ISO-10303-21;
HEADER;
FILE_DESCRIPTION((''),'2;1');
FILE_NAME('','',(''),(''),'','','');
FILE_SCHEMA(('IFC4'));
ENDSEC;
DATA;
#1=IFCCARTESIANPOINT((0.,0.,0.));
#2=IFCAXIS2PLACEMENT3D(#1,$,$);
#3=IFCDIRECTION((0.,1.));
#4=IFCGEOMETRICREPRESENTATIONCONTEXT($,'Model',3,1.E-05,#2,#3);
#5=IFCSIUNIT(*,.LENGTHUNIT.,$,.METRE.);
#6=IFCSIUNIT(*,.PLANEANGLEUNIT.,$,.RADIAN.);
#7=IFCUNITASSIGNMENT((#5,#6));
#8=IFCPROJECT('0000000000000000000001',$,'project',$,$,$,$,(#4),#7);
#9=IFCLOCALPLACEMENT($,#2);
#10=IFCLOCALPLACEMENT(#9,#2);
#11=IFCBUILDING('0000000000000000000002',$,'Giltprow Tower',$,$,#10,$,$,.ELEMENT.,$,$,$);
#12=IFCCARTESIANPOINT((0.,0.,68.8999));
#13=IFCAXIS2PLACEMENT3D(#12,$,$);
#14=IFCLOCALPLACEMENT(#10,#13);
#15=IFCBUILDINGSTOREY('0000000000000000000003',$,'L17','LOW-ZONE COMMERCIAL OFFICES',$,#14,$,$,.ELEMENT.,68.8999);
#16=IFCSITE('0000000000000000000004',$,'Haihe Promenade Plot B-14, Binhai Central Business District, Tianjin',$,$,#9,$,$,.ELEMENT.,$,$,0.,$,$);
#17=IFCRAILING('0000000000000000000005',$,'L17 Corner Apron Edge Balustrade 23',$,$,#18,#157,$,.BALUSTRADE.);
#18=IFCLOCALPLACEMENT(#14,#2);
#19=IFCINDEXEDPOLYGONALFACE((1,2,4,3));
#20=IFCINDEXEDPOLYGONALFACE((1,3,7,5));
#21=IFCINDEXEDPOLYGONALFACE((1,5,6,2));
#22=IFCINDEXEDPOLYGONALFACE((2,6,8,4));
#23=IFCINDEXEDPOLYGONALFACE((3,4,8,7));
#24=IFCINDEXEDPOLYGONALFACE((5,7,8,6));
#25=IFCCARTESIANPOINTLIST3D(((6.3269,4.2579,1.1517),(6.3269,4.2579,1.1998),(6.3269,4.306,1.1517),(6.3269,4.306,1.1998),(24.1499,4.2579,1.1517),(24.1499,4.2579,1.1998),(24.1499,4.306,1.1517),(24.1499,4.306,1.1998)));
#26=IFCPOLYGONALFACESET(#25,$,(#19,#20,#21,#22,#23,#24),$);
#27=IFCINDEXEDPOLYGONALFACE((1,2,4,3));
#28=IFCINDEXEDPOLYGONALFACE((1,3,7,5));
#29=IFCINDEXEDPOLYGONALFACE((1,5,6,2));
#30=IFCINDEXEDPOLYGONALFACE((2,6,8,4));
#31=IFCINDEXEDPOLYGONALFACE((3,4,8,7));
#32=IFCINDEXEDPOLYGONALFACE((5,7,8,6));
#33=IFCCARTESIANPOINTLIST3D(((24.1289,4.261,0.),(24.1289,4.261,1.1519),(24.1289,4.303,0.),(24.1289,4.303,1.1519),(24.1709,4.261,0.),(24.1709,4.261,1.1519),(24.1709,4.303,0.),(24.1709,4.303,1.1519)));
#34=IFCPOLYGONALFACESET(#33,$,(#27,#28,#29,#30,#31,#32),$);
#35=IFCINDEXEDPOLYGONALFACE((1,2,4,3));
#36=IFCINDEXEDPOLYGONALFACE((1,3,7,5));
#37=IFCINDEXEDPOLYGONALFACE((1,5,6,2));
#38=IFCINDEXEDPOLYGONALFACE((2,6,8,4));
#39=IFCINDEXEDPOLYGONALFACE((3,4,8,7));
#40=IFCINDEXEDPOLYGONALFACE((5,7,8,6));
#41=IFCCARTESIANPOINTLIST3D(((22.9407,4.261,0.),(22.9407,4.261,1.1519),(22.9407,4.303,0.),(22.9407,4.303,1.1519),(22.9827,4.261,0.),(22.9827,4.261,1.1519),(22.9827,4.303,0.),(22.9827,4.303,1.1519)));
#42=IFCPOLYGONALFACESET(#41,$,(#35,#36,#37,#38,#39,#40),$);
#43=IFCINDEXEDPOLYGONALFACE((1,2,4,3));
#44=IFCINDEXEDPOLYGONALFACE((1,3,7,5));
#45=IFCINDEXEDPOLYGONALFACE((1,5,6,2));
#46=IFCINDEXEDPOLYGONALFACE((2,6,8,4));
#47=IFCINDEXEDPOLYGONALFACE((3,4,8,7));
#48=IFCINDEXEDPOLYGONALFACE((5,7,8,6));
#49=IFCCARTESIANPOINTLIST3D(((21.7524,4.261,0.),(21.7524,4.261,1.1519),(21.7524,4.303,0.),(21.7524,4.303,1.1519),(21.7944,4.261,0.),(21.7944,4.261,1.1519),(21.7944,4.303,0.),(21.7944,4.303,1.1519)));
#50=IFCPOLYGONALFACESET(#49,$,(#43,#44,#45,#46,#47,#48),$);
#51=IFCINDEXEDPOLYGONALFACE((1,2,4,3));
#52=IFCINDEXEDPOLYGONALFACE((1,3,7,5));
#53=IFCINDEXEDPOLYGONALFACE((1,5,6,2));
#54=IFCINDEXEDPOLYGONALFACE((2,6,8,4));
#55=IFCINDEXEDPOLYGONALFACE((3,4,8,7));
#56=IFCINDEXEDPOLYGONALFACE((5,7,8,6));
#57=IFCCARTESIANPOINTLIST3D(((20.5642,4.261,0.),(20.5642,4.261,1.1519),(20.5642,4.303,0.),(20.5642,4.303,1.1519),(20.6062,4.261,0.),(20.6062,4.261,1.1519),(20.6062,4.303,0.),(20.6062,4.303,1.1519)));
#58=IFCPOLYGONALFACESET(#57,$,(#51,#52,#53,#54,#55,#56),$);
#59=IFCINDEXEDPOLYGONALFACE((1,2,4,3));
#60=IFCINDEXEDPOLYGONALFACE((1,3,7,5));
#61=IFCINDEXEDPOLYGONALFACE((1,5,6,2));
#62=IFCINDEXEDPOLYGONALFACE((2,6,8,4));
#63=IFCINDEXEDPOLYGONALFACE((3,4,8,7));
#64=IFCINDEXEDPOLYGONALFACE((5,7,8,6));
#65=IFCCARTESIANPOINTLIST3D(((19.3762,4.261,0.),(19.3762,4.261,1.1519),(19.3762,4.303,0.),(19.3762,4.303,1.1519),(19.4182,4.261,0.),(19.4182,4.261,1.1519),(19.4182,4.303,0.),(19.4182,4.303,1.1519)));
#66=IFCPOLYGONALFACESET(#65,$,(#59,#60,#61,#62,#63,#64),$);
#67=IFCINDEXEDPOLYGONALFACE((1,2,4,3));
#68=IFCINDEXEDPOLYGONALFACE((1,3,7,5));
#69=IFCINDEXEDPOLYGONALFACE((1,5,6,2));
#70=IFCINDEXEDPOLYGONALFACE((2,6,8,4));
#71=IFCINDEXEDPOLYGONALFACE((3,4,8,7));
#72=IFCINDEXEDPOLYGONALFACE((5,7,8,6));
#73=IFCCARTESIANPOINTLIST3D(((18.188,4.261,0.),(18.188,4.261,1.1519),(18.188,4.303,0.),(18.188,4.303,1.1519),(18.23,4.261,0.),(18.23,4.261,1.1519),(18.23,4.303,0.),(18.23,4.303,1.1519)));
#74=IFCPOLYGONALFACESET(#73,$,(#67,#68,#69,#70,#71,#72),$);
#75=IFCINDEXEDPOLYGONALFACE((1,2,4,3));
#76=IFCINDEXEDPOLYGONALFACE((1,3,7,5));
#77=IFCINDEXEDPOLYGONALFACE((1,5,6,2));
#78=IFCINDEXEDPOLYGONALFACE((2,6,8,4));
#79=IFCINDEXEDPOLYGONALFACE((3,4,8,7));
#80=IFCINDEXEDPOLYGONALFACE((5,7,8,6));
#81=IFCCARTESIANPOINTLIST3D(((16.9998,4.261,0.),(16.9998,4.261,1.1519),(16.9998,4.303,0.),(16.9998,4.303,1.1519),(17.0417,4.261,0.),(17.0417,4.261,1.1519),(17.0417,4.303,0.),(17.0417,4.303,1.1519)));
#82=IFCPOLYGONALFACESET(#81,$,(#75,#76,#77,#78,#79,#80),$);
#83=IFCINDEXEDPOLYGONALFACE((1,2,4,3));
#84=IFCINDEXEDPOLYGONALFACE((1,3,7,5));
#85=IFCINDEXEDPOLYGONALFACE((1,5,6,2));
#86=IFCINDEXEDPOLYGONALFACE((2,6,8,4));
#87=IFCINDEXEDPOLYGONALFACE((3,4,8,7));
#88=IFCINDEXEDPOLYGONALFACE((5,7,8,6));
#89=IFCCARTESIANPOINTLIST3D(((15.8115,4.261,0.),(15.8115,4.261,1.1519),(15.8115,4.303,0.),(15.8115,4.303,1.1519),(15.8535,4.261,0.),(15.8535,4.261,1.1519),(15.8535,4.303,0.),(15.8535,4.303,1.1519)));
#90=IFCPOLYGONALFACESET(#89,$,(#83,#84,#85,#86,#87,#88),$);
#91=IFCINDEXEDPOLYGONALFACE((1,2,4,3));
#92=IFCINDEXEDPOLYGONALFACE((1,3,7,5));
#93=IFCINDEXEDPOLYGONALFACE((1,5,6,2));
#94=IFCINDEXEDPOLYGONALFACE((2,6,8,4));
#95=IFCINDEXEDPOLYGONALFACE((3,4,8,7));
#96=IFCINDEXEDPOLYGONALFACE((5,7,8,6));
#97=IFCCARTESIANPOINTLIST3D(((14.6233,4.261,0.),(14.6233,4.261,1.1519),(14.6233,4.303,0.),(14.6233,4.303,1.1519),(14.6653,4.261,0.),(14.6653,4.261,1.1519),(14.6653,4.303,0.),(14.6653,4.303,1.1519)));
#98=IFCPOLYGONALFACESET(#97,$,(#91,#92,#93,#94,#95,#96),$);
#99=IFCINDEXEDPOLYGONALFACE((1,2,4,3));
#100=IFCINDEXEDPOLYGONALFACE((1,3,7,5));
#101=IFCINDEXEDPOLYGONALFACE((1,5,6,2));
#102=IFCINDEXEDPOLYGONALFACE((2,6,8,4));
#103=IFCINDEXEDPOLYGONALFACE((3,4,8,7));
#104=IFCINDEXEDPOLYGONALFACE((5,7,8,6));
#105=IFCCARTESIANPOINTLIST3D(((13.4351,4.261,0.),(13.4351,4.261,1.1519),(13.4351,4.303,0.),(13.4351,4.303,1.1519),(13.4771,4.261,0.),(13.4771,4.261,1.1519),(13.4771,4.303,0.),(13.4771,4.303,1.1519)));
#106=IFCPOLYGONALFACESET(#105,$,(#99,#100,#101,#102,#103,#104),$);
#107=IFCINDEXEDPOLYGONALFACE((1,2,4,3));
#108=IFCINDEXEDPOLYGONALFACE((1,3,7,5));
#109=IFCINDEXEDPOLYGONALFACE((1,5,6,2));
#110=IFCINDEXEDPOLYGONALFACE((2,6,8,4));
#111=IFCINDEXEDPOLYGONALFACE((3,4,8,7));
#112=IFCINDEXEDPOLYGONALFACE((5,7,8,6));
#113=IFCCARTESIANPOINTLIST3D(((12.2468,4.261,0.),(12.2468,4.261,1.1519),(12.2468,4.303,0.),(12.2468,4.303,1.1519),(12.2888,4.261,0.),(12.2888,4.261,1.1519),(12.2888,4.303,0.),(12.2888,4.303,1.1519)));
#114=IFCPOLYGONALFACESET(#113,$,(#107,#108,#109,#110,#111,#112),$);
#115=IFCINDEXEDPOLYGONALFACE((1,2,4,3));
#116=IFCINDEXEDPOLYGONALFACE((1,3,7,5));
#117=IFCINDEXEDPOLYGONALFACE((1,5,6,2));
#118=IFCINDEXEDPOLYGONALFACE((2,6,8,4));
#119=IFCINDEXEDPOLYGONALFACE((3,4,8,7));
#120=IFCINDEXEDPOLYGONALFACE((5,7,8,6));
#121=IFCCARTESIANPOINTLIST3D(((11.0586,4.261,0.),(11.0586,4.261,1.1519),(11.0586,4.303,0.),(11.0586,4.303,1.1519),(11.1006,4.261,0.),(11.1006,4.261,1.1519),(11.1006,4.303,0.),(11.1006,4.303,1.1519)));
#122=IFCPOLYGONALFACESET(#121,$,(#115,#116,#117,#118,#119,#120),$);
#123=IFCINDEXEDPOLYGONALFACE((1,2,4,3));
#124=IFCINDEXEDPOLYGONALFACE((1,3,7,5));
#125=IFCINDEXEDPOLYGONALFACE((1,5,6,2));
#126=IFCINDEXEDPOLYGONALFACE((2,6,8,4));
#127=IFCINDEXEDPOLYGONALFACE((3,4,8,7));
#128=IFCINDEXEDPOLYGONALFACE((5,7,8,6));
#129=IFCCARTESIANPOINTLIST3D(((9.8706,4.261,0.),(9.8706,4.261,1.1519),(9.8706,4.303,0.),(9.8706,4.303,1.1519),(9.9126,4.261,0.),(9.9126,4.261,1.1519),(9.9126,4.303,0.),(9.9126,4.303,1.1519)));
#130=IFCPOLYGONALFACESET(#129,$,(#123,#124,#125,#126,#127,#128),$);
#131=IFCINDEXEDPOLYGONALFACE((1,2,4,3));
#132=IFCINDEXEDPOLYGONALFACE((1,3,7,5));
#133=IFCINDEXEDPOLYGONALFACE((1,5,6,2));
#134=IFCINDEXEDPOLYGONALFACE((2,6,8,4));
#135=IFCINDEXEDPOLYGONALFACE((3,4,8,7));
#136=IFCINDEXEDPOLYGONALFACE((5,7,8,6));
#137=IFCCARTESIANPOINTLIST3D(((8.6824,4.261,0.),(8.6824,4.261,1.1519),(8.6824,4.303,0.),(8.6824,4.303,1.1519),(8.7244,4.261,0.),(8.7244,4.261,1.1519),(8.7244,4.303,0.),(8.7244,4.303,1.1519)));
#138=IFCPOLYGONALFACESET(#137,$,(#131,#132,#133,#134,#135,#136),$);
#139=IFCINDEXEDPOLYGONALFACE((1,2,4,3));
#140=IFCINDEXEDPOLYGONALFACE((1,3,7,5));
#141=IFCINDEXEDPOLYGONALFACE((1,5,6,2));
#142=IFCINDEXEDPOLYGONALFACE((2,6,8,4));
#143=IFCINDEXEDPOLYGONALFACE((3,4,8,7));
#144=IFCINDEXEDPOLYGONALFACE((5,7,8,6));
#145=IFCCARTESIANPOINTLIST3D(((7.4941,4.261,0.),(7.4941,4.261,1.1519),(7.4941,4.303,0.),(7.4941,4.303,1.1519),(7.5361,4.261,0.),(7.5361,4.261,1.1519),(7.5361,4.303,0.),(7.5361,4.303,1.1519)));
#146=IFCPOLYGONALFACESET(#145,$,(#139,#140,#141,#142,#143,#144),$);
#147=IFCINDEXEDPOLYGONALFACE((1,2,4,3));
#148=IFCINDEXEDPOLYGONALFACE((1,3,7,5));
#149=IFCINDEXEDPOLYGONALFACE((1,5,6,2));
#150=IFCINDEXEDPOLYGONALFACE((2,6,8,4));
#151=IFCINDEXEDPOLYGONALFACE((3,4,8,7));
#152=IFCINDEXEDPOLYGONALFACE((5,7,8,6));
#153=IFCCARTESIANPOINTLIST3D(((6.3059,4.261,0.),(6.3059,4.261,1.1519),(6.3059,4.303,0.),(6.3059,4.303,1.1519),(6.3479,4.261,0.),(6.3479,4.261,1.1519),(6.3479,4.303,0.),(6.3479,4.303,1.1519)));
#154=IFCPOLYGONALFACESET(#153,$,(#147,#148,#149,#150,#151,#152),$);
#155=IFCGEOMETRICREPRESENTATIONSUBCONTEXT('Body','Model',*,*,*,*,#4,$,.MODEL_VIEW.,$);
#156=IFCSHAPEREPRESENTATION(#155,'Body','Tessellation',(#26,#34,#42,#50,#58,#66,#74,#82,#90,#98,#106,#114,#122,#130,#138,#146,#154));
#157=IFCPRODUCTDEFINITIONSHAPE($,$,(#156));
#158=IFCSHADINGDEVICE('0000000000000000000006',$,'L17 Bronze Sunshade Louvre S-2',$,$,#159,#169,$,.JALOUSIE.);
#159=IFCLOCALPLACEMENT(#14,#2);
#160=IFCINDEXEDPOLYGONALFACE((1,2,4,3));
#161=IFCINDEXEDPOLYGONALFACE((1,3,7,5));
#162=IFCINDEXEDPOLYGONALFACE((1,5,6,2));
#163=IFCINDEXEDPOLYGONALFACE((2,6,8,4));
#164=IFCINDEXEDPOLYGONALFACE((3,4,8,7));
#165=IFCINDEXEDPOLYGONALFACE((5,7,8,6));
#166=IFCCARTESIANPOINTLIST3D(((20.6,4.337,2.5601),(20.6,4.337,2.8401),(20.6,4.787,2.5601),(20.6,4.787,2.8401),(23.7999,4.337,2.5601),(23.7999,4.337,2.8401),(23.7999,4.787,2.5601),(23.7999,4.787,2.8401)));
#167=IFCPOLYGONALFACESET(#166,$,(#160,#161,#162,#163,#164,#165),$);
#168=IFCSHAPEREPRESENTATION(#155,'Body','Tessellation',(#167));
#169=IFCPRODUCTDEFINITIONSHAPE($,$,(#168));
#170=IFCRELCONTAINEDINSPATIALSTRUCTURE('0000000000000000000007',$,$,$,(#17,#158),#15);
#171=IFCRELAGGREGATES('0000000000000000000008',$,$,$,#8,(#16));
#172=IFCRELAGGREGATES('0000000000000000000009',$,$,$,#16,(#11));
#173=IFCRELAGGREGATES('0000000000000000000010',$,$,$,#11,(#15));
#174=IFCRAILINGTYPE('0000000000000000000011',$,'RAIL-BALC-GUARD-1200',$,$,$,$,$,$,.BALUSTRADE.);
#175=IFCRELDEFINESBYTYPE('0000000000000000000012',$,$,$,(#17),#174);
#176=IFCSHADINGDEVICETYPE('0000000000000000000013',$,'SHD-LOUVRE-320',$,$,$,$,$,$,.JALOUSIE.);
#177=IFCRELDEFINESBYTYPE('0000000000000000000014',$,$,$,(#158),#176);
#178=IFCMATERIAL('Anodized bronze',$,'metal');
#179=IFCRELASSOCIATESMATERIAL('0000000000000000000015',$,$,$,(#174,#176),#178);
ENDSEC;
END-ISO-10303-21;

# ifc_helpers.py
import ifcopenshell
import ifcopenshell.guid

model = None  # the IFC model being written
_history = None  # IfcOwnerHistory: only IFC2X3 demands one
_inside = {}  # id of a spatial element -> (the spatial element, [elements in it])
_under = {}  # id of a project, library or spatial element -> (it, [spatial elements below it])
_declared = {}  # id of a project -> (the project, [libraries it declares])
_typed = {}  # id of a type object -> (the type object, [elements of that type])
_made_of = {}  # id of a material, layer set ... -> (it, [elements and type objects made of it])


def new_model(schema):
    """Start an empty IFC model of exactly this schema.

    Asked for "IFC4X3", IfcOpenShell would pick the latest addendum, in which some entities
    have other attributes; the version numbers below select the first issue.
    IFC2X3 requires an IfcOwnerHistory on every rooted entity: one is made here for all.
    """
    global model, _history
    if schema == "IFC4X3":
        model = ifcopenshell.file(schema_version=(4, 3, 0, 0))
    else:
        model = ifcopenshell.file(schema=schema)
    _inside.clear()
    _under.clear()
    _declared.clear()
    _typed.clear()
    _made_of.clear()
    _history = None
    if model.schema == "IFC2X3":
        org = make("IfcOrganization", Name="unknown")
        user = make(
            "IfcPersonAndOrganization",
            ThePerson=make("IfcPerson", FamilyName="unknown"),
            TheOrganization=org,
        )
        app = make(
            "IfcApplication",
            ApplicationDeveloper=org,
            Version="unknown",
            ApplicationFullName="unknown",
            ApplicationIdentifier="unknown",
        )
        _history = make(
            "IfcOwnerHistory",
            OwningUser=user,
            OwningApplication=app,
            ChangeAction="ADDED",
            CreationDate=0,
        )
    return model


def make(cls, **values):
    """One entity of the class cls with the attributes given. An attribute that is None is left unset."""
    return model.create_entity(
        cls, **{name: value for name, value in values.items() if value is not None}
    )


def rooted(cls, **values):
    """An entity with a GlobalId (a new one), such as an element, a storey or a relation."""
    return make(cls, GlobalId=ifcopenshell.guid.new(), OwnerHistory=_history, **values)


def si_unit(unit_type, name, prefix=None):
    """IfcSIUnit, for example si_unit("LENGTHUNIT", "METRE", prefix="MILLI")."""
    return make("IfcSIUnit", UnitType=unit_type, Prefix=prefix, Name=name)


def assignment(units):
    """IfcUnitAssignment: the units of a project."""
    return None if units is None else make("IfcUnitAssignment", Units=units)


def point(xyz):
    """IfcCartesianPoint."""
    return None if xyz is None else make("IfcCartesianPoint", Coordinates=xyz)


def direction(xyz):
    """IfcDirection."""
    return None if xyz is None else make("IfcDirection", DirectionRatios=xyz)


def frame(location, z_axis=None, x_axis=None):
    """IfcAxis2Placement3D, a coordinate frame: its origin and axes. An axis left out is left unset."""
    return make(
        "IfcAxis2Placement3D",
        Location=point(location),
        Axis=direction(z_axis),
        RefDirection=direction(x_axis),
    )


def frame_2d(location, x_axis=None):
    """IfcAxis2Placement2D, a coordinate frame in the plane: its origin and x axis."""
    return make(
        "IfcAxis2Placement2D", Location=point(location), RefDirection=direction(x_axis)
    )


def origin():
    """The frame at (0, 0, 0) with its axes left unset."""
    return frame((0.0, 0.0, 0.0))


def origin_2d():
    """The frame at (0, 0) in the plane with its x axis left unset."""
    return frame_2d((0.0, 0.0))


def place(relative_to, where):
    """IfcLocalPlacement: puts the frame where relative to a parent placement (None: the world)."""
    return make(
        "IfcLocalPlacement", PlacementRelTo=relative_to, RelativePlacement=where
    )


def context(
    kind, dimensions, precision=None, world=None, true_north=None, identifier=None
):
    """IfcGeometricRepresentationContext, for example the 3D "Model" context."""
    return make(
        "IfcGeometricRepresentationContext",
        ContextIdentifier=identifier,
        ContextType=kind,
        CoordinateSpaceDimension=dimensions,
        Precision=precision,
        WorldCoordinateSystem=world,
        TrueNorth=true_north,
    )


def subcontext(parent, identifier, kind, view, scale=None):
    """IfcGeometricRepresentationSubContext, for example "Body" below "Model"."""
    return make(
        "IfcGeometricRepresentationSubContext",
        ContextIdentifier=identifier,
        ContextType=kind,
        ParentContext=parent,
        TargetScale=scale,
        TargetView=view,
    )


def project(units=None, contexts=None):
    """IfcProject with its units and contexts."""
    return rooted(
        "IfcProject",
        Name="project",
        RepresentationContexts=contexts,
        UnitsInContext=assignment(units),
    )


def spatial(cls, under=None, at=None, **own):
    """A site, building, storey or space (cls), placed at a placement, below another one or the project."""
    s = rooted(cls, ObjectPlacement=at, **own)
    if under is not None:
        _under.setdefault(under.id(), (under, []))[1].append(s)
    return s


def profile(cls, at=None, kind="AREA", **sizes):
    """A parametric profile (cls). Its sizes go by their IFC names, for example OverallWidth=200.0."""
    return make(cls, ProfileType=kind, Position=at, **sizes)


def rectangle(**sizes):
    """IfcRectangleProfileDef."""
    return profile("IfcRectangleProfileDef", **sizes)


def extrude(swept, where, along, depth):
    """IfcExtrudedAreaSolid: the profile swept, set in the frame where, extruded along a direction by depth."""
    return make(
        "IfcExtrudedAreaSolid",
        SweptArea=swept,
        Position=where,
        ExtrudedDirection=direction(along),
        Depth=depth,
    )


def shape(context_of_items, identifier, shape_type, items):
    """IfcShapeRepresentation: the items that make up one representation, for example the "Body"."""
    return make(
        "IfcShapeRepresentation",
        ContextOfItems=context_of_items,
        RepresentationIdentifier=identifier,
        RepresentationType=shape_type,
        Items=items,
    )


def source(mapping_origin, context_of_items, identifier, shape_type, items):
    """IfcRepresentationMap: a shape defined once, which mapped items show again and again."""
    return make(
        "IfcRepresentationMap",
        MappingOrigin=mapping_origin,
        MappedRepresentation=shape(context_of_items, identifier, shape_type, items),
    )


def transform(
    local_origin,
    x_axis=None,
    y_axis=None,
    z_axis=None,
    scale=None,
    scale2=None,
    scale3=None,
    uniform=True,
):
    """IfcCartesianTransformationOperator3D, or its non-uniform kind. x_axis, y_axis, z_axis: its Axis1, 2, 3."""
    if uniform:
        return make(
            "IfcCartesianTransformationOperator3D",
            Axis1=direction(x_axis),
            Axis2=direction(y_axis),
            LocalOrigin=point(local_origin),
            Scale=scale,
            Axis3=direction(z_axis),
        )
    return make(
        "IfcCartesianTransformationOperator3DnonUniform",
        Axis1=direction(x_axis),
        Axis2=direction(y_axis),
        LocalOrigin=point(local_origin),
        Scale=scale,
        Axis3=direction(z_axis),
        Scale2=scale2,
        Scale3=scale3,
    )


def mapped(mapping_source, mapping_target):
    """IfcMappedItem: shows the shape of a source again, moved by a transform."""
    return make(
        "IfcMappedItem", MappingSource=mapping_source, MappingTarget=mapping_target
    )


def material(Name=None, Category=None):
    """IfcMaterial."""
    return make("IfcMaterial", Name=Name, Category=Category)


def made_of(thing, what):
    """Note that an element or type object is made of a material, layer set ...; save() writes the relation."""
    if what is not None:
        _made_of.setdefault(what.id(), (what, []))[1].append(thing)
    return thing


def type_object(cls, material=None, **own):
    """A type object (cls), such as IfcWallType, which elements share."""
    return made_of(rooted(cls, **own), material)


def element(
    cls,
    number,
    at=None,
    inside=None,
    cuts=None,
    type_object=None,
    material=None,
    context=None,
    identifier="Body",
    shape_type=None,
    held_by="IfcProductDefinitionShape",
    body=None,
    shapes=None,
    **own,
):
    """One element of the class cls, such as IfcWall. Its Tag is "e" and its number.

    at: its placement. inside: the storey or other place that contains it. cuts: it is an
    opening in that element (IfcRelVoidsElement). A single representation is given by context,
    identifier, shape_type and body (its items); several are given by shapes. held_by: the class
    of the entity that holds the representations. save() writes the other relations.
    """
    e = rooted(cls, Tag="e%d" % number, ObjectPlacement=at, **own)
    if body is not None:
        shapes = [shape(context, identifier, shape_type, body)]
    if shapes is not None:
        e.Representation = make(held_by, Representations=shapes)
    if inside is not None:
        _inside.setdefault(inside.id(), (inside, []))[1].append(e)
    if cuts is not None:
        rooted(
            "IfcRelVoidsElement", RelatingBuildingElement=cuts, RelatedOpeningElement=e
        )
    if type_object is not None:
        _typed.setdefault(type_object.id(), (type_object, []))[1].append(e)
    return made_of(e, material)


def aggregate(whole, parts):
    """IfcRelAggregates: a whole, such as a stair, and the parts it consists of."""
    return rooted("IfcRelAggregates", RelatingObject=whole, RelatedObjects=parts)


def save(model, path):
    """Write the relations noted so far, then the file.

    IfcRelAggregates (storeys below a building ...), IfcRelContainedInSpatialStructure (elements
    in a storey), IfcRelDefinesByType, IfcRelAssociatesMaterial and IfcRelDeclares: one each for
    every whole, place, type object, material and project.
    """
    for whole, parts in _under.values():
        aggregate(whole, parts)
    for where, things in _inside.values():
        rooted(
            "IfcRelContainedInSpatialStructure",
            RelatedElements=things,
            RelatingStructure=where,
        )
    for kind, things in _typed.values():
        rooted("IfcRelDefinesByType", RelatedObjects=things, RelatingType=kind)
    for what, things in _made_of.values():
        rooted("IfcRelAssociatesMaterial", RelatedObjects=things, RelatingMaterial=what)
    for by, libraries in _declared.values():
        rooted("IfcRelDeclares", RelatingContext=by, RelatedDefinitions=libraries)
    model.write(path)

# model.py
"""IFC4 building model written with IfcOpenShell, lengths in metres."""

from ifc_helpers import new_model, si_unit, direction, frame, origin, origin_2d, place, context, subcontext, project, spatial, rectangle, extrude, source, transform, mapped, material, type_object, element, save


model = new_model("IFC4")

# Units and contexts
model_context = context("Model", 3, precision=1e-05, world=origin(), true_north=direction((0.0, 1.0)))
body_context = subcontext(model_context, "Body", "Model", "MODEL_VIEW")
ifc_project = project(units=[si_unit("LENGTHUNIT", "METRE"), si_unit("PLANEANGLEUNIT", "RADIAN")], contexts=[model_context])

# Site, building, storey
site_placement = place(None, origin())
site = spatial("IfcSite", under=ifc_project, at=site_placement, Name="Haihe Promenade Plot B-14, Binhai Central Business District, Tianjin", CompositionType="ELEMENT", RefElevation=0.0)
building_placement = place(site_placement, origin())
building = spatial("IfcBuilding", under=site, at=building_placement, Name="Giltprow Tower", CompositionType="ELEMENT")
storey_placement = place(building_placement, frame((0.0, 0.0, 68.8999)))
storey = spatial("IfcBuildingStorey", under=building, at=storey_placement, Name="L17", Description="LOW-ZONE COMMERCIAL OFFICES", CompositionType="ELEMENT", Elevation=68.8999)

# Railing
ifc_material_1 = material(Name="Anodized bronze", Category="metal")
railing_type = type_object("IfcRailingType", Name="RAIL-BALC-GUARD-1200", PredefinedType="BALUSTRADE", material=ifc_material_1)
railing_1_placement = place(storey_placement, frame((24.1499, 4.282, 0.0)))
element("IfcRailing", 1, at=railing_1_placement, inside=storey, type_object=railing_type, Name="L17 Corner Apron Edge Balustrade 23", PredefinedType="BALUSTRADE", context=body_context, shape_type="SweptSolid", body=[
    extrude(rectangle(XDim=0.0481, YDim=0.0481, at=origin_2d()), frame((0.0, 0.0, 1.1758), z_axis=(-1.0, 0.0, 0.0), x_axis=(0.0, -1.0, 0.0)), (0.0, 0.0, 1.0), 17.823),
    extrude(rectangle(XDim=0.042, YDim=0.042, at=origin_2d()), origin(), (0.0, 0.0, 1.0), 1.1519),
    extrude(rectangle(XDim=0.042, YDim=0.042, at=origin_2d()), frame((-1.1882, 0.0, 0.0)), (0.0, 0.0, 1.0), 1.1519),
    extrude(rectangle(XDim=0.042, YDim=0.042, at=origin_2d()), frame((-2.3765, 0.0, 0.0)), (0.0, 0.0, 1.0), 1.1519),
    extrude(rectangle(XDim=0.042, YDim=0.042, at=origin_2d()), frame((-3.5647, 0.0, 0.0)), (0.0, 0.0, 1.0), 1.1519),
    extrude(rectangle(XDim=0.042, YDim=0.042, at=origin_2d()), frame((-4.7527, 0.0, 0.0)), (0.0, 0.0, 1.0), 1.1519),
    extrude(rectangle(XDim=0.042, YDim=0.042, at=origin_2d()), frame((-5.9409, 0.0, 0.0)), (0.0, 0.0, 1.0), 1.1519),
    extrude(rectangle(XDim=0.042, YDim=0.042, at=origin_2d()), frame((-7.1292, 0.0, 0.0)), (0.0, 0.0, 1.0), 1.1519),
    extrude(rectangle(XDim=0.042, YDim=0.042, at=origin_2d()), frame((-8.3174, 0.0, 0.0)), (0.0, 0.0, 1.0), 1.1519),
    extrude(rectangle(XDim=0.042, YDim=0.042, at=origin_2d()), frame((-9.5056, 0.0, 0.0)), (0.0, 0.0, 1.0), 1.1519),
    extrude(rectangle(XDim=0.042, YDim=0.042, at=origin_2d()), frame((-10.6938, 0.0, 0.0)), (0.0, 0.0, 1.0), 1.1519),
    extrude(rectangle(XDim=0.042, YDim=0.042, at=origin_2d()), frame((-11.8821, 0.0, 0.0)), (0.0, 0.0, 1.0), 1.1519),
    extrude(rectangle(XDim=0.042, YDim=0.042, at=origin_2d()), frame((-13.0703, 0.0, 0.0)), (0.0, 0.0, 1.0), 1.1519),
    extrude(rectangle(XDim=0.042, YDim=0.042, at=origin_2d()), frame((-14.2583, 0.0, 0.0)), (0.0, 0.0, 1.0), 1.1519),
    extrude(rectangle(XDim=0.042, YDim=0.042, at=origin_2d()), frame((-15.4465, 0.0, 0.0)), (0.0, 0.0, 1.0), 1.1519),
    extrude(rectangle(XDim=0.042, YDim=0.042, at=origin_2d()), frame((-16.6348, 0.0, 0.0)), (0.0, 0.0, 1.0), 1.1519),
    extrude(rectangle(XDim=0.042, YDim=0.042, at=origin_2d()), frame((-17.823, 0.0, 0.0)), (0.0, 0.0, 1.0), 1.1519),
])

# Shading device
shading_device_type = type_object("IfcShadingDeviceType", Name="SHD-LOUVRE-320", PredefinedType="JALOUSIE", material=ifc_material_1)
shared_shape_1 = source(origin(), body_context, "Body", "SweptSolid", [
    extrude(rectangle(XDim=3.2, YDim=0.45, at=origin_2d()), origin(), (0.0, 0.0, 1.0), 0.28),
])
shading_device_placement = place(storey_placement, frame((22.2, 4.562, 2.5601), z_axis=(0.0, 0.0, 1.0), x_axis=(1.0, 0.0, 0.0)))
element("IfcShadingDevice", 2, at=shading_device_placement, inside=storey, type_object=shading_device_type, Name="L17 Bronze Sunshade Louvre S-2", PredefinedType="JALOUSIE", context=body_context, shape_type="MappedRepresentation", body=[
    mapped(shared_shape_1, transform((0.0, 0.0, 0.0), x_axis=(1.0, 0.0, 0.0), y_axis=(0.0, 1.0, 0.0), z_axis=(0.0, 0.0, 1.0), scale=1.0)),
])

save(model, "model.ifc")
